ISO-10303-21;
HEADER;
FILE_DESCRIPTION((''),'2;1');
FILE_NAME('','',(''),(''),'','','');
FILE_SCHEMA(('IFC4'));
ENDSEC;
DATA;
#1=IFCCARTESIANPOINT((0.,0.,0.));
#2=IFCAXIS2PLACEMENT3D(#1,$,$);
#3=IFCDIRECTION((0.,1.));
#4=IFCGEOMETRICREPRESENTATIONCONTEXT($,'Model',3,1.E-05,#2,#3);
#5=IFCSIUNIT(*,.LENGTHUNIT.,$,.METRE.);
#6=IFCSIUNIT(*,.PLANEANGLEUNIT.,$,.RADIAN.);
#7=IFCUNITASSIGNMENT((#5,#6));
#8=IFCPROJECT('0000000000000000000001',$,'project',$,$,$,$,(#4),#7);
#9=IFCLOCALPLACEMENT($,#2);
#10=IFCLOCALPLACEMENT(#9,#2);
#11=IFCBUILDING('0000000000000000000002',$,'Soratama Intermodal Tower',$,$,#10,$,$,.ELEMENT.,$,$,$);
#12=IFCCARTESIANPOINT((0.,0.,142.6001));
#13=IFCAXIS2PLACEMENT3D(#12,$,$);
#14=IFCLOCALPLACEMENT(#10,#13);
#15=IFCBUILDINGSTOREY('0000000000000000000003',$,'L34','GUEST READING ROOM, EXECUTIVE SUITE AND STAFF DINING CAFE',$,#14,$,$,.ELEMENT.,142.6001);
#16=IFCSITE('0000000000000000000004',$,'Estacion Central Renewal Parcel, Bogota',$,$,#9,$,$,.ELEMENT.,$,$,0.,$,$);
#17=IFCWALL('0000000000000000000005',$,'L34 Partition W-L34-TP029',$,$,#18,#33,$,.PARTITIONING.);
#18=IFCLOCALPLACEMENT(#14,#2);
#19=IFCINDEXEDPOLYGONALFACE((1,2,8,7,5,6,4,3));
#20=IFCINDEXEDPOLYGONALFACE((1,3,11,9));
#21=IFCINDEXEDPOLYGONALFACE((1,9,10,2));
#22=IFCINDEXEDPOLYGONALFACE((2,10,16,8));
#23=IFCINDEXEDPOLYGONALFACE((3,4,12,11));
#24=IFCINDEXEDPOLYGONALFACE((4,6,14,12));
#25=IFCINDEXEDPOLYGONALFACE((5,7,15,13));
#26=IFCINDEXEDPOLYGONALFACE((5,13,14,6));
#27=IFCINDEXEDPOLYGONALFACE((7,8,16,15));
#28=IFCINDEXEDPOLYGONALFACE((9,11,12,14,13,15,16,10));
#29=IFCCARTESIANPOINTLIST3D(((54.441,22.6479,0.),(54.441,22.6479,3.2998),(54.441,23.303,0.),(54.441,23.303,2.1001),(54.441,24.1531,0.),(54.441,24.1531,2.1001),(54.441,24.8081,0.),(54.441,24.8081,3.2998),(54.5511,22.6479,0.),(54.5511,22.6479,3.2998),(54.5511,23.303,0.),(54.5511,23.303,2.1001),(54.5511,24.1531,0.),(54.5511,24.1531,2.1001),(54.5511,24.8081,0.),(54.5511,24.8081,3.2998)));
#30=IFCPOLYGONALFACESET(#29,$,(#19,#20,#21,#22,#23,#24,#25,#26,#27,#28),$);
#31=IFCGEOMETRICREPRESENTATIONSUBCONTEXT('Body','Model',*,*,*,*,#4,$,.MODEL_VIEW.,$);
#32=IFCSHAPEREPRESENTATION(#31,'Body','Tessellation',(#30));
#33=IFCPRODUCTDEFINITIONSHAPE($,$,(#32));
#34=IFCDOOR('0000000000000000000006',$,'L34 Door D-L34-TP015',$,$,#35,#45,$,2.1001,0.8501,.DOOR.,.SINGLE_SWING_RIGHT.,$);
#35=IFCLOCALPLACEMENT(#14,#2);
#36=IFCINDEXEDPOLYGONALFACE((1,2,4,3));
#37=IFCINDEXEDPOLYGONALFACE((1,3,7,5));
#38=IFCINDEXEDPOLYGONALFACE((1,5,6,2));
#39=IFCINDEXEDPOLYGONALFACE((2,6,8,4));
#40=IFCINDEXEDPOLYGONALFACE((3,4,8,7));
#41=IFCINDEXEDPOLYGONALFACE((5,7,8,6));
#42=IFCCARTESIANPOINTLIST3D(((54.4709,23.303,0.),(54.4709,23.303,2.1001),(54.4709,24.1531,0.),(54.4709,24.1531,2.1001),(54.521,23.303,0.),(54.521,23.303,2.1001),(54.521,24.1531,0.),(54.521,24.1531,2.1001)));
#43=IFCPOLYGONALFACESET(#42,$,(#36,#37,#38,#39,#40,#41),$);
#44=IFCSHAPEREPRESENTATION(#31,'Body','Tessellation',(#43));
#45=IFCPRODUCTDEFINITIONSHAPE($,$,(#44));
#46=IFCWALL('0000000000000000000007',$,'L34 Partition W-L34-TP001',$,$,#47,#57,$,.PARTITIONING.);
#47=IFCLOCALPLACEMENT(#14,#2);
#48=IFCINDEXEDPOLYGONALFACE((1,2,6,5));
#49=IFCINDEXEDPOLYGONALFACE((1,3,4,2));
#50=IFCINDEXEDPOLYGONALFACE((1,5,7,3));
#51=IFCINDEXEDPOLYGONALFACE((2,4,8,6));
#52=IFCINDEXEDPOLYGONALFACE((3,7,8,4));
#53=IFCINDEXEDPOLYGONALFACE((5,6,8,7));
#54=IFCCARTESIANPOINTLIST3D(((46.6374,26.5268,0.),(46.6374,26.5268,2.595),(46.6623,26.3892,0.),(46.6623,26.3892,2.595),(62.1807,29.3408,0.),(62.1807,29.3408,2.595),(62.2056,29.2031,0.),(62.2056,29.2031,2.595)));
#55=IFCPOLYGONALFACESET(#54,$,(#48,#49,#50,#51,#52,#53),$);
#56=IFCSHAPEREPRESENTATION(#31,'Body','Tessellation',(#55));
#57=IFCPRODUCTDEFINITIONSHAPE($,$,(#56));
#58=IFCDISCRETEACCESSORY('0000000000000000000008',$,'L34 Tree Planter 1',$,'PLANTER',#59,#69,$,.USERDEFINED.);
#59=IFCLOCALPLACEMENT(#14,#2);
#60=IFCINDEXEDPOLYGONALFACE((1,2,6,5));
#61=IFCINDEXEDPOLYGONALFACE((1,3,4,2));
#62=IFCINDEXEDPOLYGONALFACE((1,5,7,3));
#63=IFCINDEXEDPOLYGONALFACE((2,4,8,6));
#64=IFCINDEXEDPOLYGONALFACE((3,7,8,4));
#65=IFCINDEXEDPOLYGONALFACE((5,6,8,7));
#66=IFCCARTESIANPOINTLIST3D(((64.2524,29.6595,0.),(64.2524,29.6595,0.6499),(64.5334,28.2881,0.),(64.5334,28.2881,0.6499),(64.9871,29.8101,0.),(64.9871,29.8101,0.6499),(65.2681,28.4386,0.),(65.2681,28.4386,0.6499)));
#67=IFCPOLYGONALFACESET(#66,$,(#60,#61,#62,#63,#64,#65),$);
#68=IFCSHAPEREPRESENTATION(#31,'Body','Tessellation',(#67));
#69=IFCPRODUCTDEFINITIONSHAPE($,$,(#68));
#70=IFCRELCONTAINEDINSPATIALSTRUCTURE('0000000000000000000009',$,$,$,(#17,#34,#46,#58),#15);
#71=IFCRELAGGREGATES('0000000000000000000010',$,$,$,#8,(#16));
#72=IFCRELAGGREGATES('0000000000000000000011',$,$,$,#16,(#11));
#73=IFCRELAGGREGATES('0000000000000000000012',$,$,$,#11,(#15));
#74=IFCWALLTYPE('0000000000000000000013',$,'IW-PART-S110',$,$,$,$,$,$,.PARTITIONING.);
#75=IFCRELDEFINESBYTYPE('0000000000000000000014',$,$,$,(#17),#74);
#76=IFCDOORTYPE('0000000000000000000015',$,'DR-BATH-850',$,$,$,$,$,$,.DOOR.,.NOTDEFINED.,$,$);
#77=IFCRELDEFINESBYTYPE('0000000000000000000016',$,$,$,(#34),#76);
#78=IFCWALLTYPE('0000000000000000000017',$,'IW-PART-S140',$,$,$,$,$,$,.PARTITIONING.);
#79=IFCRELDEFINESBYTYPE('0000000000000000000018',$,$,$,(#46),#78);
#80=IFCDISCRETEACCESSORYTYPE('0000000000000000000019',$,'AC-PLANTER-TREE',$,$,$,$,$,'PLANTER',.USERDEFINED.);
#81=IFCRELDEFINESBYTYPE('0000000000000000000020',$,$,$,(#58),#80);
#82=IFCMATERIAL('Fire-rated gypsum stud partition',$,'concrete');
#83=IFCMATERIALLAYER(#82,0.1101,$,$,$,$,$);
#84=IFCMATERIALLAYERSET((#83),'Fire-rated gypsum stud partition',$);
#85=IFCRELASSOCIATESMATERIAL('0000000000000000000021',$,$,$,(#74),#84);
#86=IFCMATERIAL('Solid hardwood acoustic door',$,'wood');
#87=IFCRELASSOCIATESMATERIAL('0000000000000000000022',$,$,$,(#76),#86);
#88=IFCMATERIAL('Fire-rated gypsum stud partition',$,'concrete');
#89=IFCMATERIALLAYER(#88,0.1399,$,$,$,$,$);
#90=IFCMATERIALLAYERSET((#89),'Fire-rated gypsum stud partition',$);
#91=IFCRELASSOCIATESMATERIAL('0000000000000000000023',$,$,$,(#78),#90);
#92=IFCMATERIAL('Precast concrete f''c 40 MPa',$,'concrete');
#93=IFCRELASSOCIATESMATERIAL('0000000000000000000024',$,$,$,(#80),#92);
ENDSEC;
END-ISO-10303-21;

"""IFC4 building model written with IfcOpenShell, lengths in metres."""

from ifc_helpers import new_model, si_unit, direction, frame, frame_2d, origin, origin_2d, place, context, subcontext, project, spatial, rectangle, extrude, material, layer, layer_set, type_object, element, fill, save


model = new_model("IFC4")

# Units and contexts
model_context = context("Model", 3, precision=1e-05, world=origin(), true_north=direction((0.0, 1.0)))
body_context = subcontext(model_context, "Body", "Model", "MODEL_VIEW")
ifc_project = project(units=[si_unit("LENGTHUNIT", "METRE"), si_unit("PLANEANGLEUNIT", "RADIAN")], contexts=[model_context])

# Site, building, storey
site_placement = place(None, origin())
site = spatial("IfcSite", under=ifc_project, at=site_placement, Name="Estacion Central Renewal Parcel, Bogota", CompositionType="ELEMENT", RefElevation=0.0)
building_placement = place(site_placement, origin())
building = spatial("IfcBuilding", under=site, at=building_placement, Name="Soratama Intermodal Tower", CompositionType="ELEMENT")
storey_placement = place(building_placement, frame((0.0, 0.0, 142.6001)))
storey = spatial("IfcBuildingStorey", under=building, at=storey_placement, Name="L34", Description="GUEST READING ROOM, EXECUTIVE SUITE AND STAFF DINING CAFE", CompositionType="ELEMENT", Elevation=142.6001)

# Wall, opening, door
ifc_material_1 = material(Name="Fire-rated gypsum stud partition", Category="concrete")
ifc_layer_1 = layer(ifc_material_1, 0.1101)
ifc_layer_set_1 = layer_set([ifc_layer_1], Name="Fire-rated gypsum stud partition")
wall_type_1 = type_object("IfcWallType", Name="IW-PART-S110", PredefinedType="PARTITIONING", material=ifc_layer_set_1)
wall_1_placement = place(storey_placement, frame((54.4961, 24.8081, 0.0), z_axis=(0.0, 0.0, 1.0), x_axis=(0.0, -1.0, 0.0)))
wall_1 = element("IfcWall", 1, at=wall_1_placement, inside=storey, type_object=wall_type_1, Name="L34 Partition W-L34-TP029", PredefinedType="PARTITIONING", context=body_context, shape_type="SweptSolid", body=[
    extrude(rectangle(XDim=2.1602, YDim=0.1101, at=frame_2d((1.0801, 0.0))), origin(), (0.0, 0.0, 1.0), 3.2998),
])
opening_1_placement = place(wall_1_placement, frame((0.655, 0.0, 0.0)))
opening_1 = element("IfcOpeningElement", 2, at=opening_1_placement, cuts=wall_1, PredefinedType="OPENING", context=body_context, shape_type="SweptSolid", body=[
    extrude(rectangle(XDim=0.8501, YDim=2.1001, at=frame_2d((0.425, 1.05))), frame((0.0, 0.0649, 0.0), z_axis=(0.0, -1.0, 0.0), x_axis=(1.0, 0.0, 0.0)), (0.0, 0.0, 1.0), 0.1301),
])
ifc_material_2 = material(Name="Solid hardwood acoustic door", Category="wood")
door_type_1 = type_object("IfcDoorType", Name="DR-BATH-850", OperationType="NOTDEFINED", PredefinedType="DOOR", material=ifc_material_2)
door_1_placement = place(opening_1_placement, origin())
door_1 = element("IfcDoor", 3, at=door_1_placement, inside=storey, type_object=door_type_1, Name="L34 Door D-L34-TP015", OperationType="SINGLE_SWING_RIGHT", OverallHeight=2.1001, OverallWidth=0.8501, PredefinedType="DOOR", context=body_context, shape_type="SweptSolid", body=[
    extrude(rectangle(XDim=0.8501, YDim=2.1001, at=frame_2d((0.425, 1.05))), frame((0.0, 0.0249, 0.0), z_axis=(0.0, -1.0, 0.0), x_axis=(1.0, 0.0, 0.0)), (0.0, 0.0, 1.0), 0.05),
])
fill(opening_1, door_1)

# Wall
ifc_material_3 = material(Name="Fire-rated gypsum stud partition", Category="concrete")
ifc_layer_2 = layer(ifc_material_3, 0.1399)
ifc_layer_set_2 = layer_set([ifc_layer_2], Name="Fire-rated gypsum stud partition")
wall_type_2 = type_object("IfcWallType", Name="IW-PART-S140", PredefinedType="PARTITIONING", material=ifc_layer_set_2)
wall_2_placement = place(storey_placement, frame((62.1931, 29.272, 0.0), z_axis=(0.0, 0.0, 1.0), x_axis=(-0.984004, -0.178145, 0.0)))
element("IfcWall", 4, at=wall_2_placement, inside=storey, type_object=wall_type_2, Name="L34 Partition W-L34-TP001", PredefinedType="PARTITIONING", context=body_context, shape_type="SweptSolid", body=[
    extrude(rectangle(XDim=15.7959, YDim=0.1399, at=frame_2d((7.8979, 0.0))), origin(), (0.0, 0.0, 1.0), 2.595),
])

# Discrete accessory
ifc_material_4 = material(Name="Precast concrete f'c 40 MPa", Category="concrete")
discrete_accessory_type = type_object("IfcDiscreteAccessoryType", Name="AC-PLANTER-TREE", ElementType="PLANTER", PredefinedType="USERDEFINED", material=ifc_material_4)
discrete_accessory_placement = place(storey_placement, frame((64.7603, 29.0491, 0.0), z_axis=(0.0, 0.0, 1.0), x_axis=(0.979645, 0.200736, 0.0)))
element("IfcDiscreteAccessory", 5, at=discrete_accessory_placement, inside=storey, type_object=discrete_accessory_type, Name="L34 Tree Planter 1", ObjectType="PLANTER", PredefinedType="USERDEFINED", context=body_context, shape_type="SweptSolid", body=[
    extrude(rectangle(XDim=0.75, YDim=1.3999, at=origin_2d()), origin(), (0.0, 0.0, 1.0), 0.6499),
])

save(model, "model.ifc")
